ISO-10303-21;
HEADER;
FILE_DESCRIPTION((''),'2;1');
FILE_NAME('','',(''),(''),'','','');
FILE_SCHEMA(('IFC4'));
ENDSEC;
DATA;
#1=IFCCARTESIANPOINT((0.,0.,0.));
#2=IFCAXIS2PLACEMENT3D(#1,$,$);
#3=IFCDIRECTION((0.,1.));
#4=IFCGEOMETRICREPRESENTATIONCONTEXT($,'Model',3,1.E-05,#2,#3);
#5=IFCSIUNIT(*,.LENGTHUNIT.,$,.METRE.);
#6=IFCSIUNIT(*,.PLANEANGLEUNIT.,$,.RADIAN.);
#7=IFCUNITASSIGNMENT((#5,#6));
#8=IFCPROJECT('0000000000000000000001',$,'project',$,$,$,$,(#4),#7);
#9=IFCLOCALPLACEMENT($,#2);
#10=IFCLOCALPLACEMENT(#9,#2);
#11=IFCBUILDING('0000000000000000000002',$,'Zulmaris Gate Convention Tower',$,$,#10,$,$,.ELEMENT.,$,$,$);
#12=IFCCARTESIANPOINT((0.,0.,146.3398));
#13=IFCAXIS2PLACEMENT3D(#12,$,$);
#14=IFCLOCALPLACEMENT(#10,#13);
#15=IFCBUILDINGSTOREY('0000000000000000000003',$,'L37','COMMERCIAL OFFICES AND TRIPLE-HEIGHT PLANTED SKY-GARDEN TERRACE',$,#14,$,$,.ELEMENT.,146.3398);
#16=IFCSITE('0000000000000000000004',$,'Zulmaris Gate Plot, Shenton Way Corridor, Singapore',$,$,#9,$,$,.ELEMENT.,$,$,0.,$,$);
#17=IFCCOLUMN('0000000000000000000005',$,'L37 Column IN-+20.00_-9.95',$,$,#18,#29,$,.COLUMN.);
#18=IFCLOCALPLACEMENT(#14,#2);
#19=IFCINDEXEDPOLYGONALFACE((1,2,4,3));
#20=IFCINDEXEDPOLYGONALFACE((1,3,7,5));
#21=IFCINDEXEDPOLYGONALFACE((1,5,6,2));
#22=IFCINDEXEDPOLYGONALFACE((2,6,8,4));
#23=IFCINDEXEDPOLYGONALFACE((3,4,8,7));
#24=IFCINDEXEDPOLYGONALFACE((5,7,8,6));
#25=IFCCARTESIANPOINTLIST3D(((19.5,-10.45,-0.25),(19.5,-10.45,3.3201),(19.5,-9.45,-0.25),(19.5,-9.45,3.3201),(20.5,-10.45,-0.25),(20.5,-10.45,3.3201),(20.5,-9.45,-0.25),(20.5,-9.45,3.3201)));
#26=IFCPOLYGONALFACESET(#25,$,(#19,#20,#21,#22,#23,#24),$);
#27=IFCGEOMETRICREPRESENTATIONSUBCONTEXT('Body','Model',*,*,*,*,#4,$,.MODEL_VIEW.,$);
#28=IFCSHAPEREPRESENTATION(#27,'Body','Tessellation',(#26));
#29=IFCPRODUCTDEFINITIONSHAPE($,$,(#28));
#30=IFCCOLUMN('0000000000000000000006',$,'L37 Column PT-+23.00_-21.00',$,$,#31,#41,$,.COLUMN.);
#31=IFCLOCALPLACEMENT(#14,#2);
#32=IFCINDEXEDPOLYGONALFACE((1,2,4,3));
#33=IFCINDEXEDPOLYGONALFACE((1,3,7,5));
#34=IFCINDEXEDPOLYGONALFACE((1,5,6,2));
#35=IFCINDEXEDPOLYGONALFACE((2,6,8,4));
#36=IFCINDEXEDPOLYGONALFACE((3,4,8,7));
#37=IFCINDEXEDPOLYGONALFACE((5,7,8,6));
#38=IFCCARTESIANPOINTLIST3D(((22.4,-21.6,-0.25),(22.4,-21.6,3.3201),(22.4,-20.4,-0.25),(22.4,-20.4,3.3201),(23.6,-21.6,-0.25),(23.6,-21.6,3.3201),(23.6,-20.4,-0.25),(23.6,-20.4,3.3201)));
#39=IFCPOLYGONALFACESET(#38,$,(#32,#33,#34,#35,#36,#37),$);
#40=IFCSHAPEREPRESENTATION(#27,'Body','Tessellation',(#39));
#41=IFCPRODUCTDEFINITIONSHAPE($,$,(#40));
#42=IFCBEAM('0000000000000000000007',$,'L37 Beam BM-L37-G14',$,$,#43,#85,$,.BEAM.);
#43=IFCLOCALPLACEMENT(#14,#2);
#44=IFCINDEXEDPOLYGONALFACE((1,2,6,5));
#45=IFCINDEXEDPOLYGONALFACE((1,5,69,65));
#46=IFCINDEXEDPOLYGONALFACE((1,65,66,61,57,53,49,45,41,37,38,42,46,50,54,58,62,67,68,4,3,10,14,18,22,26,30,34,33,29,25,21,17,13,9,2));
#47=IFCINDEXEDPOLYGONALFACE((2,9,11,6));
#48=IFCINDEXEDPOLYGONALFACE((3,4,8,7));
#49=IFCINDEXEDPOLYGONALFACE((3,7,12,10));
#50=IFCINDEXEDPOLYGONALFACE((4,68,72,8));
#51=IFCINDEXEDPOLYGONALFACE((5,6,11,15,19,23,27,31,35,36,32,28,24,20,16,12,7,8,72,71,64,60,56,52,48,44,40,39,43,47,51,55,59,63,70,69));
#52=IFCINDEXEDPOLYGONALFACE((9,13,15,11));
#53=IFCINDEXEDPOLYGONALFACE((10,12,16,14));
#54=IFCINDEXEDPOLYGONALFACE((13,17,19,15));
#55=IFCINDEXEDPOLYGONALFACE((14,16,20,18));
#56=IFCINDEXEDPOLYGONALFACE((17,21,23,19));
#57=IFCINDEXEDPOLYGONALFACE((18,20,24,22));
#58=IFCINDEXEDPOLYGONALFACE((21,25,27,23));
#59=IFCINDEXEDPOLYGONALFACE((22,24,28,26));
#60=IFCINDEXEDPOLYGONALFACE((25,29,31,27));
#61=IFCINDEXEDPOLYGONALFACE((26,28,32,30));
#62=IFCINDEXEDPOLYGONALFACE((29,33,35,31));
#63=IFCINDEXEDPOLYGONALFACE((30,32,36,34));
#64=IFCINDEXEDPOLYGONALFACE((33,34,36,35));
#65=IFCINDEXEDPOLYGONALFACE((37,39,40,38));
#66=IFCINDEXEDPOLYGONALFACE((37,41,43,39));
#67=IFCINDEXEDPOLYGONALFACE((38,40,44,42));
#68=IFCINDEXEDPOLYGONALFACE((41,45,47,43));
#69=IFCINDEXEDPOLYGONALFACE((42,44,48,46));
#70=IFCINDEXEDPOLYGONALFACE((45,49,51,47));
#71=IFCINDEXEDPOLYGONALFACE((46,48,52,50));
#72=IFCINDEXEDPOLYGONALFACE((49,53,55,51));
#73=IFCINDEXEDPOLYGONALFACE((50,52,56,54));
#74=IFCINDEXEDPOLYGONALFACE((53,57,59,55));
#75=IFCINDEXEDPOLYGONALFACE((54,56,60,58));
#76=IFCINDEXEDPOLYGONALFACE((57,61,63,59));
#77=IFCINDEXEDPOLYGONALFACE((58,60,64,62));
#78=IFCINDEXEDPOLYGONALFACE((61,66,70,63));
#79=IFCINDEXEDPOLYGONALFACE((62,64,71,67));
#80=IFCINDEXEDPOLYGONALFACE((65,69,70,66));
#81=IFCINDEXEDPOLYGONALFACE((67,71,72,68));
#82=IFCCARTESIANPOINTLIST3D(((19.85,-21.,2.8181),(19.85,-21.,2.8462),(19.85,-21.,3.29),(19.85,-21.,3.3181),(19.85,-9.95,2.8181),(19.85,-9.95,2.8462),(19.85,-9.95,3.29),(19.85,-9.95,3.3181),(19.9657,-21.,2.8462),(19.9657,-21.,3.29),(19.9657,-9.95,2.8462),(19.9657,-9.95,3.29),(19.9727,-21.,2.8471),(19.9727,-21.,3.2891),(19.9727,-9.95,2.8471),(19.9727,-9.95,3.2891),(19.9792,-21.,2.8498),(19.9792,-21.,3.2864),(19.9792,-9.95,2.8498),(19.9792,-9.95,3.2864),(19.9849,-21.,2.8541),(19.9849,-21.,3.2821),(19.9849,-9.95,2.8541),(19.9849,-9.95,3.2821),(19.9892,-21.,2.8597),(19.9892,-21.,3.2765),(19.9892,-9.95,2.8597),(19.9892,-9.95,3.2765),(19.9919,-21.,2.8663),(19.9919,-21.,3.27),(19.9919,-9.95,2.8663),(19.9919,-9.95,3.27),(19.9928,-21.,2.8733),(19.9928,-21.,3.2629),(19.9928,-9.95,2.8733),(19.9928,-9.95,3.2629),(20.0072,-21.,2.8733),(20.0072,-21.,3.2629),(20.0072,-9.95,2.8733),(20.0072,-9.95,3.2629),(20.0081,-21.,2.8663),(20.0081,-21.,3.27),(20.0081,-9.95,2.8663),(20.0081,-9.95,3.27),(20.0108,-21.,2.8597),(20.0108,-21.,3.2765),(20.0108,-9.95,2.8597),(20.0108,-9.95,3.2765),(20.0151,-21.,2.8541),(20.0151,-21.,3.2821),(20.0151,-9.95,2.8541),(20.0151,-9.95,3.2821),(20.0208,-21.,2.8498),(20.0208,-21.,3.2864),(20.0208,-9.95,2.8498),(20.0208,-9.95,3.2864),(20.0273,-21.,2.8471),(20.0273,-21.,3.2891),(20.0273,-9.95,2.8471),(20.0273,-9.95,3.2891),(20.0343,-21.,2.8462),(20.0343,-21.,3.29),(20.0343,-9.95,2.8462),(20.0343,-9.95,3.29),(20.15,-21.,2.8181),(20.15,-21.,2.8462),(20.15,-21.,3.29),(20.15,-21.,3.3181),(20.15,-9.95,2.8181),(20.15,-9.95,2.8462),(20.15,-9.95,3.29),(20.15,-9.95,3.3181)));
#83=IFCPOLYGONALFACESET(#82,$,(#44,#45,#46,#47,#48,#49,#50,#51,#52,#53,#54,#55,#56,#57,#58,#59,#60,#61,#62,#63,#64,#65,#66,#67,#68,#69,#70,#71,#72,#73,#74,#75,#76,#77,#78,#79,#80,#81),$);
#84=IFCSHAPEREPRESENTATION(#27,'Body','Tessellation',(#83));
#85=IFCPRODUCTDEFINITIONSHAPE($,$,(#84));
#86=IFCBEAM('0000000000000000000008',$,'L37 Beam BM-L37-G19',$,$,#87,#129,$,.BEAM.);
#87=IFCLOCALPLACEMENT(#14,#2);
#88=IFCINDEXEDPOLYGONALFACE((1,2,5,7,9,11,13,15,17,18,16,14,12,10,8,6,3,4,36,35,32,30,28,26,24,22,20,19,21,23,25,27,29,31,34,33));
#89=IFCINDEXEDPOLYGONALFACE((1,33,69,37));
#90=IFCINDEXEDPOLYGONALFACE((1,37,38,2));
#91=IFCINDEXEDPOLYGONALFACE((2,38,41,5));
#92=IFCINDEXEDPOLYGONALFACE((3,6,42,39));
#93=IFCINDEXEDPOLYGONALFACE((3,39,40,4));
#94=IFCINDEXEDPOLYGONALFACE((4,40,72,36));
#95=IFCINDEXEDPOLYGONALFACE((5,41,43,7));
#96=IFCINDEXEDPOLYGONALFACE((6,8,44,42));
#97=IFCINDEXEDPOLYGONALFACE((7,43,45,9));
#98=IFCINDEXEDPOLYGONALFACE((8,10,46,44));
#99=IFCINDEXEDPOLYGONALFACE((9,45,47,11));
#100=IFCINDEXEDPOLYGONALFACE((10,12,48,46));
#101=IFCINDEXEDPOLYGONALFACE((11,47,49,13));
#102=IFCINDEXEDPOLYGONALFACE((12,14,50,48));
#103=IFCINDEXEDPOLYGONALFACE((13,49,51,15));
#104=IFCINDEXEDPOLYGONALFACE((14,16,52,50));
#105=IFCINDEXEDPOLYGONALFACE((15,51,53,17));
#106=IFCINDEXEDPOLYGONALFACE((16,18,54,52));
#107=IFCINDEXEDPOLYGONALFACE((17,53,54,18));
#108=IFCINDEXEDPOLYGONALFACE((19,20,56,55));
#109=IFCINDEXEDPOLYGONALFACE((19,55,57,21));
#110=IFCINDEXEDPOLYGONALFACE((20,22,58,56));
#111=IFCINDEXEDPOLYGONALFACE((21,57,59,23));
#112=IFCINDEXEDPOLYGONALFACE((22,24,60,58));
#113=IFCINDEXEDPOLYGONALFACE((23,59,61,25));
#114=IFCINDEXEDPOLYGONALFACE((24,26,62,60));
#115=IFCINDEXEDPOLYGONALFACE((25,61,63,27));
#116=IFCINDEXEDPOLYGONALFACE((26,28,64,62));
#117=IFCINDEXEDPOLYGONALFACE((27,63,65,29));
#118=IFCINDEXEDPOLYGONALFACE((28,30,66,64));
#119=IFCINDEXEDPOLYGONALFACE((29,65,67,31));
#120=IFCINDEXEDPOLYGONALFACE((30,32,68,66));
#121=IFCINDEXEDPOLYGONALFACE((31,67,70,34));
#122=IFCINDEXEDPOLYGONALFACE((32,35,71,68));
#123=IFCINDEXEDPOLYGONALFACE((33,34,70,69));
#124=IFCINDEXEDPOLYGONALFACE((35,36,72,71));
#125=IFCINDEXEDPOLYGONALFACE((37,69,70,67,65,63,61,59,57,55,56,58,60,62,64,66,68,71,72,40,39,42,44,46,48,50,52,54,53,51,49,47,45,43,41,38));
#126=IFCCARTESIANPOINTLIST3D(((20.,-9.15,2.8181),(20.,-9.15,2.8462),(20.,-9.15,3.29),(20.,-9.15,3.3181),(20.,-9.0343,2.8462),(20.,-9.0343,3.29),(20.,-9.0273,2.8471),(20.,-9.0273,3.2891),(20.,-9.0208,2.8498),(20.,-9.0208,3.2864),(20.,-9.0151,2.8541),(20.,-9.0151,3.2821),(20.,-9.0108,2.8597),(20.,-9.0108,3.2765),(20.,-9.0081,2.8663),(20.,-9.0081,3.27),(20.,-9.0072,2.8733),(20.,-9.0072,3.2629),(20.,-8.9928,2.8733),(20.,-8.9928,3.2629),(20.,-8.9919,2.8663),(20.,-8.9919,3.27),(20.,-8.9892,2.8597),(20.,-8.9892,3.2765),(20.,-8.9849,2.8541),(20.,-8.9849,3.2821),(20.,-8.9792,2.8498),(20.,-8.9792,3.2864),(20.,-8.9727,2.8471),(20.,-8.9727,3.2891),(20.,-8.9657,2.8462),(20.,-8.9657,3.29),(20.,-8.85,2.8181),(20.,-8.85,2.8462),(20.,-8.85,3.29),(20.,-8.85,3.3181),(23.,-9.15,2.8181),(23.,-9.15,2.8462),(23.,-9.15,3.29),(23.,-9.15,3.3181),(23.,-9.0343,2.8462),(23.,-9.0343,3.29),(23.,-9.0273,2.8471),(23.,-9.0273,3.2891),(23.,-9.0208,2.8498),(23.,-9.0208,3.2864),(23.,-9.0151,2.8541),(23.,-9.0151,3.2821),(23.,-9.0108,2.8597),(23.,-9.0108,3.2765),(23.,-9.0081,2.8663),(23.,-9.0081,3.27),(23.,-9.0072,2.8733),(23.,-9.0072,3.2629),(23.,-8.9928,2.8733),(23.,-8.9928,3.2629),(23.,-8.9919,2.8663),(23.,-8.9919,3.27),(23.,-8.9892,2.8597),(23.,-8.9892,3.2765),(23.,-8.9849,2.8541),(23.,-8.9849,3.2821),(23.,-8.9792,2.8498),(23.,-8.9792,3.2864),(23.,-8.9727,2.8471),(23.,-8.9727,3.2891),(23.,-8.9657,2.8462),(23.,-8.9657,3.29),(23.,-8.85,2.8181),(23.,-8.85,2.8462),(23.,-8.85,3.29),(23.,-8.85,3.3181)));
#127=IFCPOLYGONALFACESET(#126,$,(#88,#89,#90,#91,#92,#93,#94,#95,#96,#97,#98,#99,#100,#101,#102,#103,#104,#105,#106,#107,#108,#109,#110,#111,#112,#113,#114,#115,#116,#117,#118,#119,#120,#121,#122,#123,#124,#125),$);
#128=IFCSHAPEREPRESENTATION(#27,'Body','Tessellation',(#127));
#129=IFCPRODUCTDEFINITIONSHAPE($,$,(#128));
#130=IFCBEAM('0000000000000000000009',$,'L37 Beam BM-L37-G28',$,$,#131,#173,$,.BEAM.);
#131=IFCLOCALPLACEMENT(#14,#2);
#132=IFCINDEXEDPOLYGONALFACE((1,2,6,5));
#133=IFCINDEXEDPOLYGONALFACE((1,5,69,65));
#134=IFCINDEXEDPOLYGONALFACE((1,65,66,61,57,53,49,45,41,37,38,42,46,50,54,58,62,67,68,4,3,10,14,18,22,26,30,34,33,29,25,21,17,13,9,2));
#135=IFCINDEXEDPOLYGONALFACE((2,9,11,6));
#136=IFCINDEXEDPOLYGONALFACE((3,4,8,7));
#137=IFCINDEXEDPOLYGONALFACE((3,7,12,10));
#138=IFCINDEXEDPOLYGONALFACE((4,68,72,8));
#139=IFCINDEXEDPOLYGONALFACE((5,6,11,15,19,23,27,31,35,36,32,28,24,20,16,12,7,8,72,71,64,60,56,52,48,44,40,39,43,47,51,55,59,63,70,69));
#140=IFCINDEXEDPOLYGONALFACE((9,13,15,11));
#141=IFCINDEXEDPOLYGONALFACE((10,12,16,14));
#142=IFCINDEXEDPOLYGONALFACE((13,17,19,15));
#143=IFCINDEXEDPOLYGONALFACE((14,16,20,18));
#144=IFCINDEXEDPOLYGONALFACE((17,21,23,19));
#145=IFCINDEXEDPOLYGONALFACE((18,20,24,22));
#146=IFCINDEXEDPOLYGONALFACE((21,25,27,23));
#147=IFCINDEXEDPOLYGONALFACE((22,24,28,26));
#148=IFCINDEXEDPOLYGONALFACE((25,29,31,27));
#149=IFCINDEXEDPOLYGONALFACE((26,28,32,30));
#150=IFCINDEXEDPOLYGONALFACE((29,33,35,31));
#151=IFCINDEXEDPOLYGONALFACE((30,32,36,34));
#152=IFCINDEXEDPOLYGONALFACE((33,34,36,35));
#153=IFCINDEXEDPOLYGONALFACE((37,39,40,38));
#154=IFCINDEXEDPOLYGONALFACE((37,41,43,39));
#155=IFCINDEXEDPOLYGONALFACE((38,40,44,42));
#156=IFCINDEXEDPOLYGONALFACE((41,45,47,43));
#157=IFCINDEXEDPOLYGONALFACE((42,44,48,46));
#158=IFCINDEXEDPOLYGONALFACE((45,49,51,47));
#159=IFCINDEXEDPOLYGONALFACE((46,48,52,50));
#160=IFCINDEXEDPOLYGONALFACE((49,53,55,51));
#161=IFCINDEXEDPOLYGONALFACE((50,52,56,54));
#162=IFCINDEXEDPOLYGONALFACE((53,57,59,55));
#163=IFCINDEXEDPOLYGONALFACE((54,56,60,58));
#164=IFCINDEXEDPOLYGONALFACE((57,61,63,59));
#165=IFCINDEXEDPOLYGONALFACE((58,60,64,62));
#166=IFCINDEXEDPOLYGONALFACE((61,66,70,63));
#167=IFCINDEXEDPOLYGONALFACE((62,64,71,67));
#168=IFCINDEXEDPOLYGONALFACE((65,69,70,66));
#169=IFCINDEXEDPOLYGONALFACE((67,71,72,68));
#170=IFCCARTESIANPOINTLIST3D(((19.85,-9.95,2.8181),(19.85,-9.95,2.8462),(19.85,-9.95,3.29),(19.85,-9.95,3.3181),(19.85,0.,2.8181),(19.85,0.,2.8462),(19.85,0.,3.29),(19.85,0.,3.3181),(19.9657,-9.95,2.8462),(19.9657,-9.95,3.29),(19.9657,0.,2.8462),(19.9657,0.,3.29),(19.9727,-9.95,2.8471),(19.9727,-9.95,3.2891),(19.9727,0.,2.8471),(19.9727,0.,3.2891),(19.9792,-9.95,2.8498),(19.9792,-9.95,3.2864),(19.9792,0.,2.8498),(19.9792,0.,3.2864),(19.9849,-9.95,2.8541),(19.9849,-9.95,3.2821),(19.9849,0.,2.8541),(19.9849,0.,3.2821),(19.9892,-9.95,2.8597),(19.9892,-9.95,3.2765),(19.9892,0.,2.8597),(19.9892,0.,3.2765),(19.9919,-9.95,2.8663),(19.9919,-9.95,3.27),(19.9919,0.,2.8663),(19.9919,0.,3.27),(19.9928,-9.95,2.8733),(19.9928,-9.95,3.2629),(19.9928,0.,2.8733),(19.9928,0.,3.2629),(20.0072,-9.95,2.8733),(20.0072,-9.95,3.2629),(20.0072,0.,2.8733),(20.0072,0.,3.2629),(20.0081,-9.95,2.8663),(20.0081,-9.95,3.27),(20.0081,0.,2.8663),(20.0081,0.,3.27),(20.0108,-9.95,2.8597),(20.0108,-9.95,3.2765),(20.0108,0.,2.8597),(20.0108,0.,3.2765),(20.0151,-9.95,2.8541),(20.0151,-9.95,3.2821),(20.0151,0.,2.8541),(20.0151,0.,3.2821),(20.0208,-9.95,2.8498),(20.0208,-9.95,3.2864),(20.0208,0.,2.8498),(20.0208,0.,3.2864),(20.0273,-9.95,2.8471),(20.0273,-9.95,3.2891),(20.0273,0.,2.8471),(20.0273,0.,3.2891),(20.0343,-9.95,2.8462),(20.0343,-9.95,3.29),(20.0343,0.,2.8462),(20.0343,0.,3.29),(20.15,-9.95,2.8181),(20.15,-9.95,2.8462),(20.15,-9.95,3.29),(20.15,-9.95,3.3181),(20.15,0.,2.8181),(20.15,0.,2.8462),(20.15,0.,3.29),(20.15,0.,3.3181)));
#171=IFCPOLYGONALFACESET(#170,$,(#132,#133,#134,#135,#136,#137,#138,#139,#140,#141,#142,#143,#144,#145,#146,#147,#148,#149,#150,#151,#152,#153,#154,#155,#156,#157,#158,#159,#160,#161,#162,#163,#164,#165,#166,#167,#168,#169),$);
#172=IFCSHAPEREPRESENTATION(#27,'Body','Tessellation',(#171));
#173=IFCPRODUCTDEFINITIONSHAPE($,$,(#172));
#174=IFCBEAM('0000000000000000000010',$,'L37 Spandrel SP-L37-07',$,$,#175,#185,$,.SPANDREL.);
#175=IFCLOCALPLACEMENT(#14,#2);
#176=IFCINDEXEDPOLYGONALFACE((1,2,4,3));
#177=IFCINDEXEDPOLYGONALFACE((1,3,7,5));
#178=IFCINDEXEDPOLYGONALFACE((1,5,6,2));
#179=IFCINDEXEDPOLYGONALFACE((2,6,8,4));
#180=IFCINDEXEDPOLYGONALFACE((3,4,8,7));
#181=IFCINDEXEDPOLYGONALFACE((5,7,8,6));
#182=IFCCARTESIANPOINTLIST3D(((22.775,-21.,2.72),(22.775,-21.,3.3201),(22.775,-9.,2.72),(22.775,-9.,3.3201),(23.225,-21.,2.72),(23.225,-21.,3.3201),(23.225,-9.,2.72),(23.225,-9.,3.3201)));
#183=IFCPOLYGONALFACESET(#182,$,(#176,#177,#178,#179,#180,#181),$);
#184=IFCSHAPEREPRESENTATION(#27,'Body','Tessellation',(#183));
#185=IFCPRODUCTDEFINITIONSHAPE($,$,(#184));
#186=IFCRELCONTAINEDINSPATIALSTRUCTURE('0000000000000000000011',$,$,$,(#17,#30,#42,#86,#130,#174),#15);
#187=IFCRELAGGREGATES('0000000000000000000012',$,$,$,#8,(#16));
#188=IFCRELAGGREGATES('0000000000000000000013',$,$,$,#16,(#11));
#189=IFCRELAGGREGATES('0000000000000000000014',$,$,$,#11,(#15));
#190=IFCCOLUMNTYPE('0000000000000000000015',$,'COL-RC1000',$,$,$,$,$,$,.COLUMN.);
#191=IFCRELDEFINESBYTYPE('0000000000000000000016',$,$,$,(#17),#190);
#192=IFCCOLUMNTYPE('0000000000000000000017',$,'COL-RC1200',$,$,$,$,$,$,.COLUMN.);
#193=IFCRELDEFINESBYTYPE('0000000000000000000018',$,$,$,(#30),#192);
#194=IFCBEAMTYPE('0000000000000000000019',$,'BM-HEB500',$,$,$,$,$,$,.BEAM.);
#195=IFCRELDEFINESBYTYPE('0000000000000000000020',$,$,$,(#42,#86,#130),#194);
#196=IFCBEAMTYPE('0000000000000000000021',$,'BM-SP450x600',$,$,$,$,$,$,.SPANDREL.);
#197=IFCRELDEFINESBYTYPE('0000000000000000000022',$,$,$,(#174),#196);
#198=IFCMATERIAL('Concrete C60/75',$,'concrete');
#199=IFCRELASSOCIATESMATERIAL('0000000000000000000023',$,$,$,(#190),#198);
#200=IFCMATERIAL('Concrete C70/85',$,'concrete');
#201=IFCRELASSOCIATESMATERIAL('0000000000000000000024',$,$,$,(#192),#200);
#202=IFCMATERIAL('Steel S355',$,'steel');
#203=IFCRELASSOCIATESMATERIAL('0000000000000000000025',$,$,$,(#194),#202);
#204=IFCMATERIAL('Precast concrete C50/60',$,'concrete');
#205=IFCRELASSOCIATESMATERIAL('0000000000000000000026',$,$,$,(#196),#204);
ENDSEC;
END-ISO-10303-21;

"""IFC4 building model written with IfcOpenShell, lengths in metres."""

from ifc_helpers import new_model, si_unit, direction, frame, origin, origin_2d, place, context, subcontext, project, spatial, rectangle, i_section, extrude, material, material_profile, profile_set, type_object, element, save


model = new_model("IFC4")

# Units and contexts
model_context = context("Model", 3, precision=1e-05, world=origin(), true_north=direction((0.0, 1.0)))
body_context = subcontext(model_context, "Body", "Model", "MODEL_VIEW")
ifc_project = project(units=[si_unit("LENGTHUNIT", "METRE"), si_unit("PLANEANGLEUNIT", "RADIAN")], contexts=[model_context])

# Site, building, storey
site_placement = place(None, origin())
site = spatial("IfcSite", under=ifc_project, at=site_placement, Name="Zulmaris Gate Plot, Shenton Way Corridor, Singapore", CompositionType="ELEMENT", RefElevation=0.0)
building_placement = place(site_placement, origin())
building = spatial("IfcBuilding", under=site, at=building_placement, Name="Zulmaris Gate Convention Tower", CompositionType="ELEMENT")
storey_placement = place(building_placement, frame((0.0, 0.0, 146.3398)))
storey = spatial("IfcBuildingStorey", under=building, at=storey_placement, Name="L37", Description="COMMERCIAL OFFICES AND TRIPLE-HEIGHT PLANTED SKY-GARDEN TERRACE", CompositionType="ELEMENT", Elevation=146.3398)

# Columns
ifc_material_1 = material(Name="Concrete C60/75", Category="concrete")
ifc_material_profile_1 = material_profile(ifc_material_1, rectangle(XDim=1.0, YDim=1.0, at=origin_2d()), Name="RC COL 1000x1000")
ifc_profile_set_1 = profile_set([ifc_material_profile_1], Name="Concrete C60/75")
column_type_1 = type_object("IfcColumnType", Name="COL-RC1000", PredefinedType="COLUMN", material=ifc_profile_set_1)
column_1_placement = place(storey_placement, frame((20.0, -9.95, -0.25), z_axis=(0.0, 0.0, 1.0), x_axis=(1.0, 0.0, 0.0)))
element("IfcColumn", 1, at=column_1_placement, inside=storey, type_object=column_type_1, Name="L37 Column IN-+20.00_-9.95", PredefinedType="COLUMN", context=body_context, shape_type="SweptSolid", body=[
    extrude(rectangle(XDim=1.0, YDim=1.0, at=origin_2d()), origin(), (0.0, 0.0, 1.0), 3.5701),
])
ifc_material_2 = material(Name="Concrete C70/85", Category="concrete")
ifc_material_profile_2 = material_profile(ifc_material_2, rectangle(XDim=1.2, YDim=1.2, at=origin_2d()), Name="RC COL 1200x1200")
ifc_profile_set_2 = profile_set([ifc_material_profile_2], Name="Concrete C70/85")
column_type_2 = type_object("IfcColumnType", Name="COL-RC1200", PredefinedType="COLUMN", material=ifc_profile_set_2)
column_2_placement = place(storey_placement, frame((23.0, -21.0, -0.25), z_axis=(0.0, 0.0, 1.0), x_axis=(1.0, 0.0, 0.0)))
element("IfcColumn", 2, at=column_2_placement, inside=storey, type_object=column_type_2, Name="L37 Column PT-+23.00_-21.00", PredefinedType="COLUMN", context=body_context, shape_type="SweptSolid", body=[
    extrude(rectangle(XDim=1.2, YDim=1.2, at=origin_2d()), origin(), (0.0, 0.0, 1.0), 3.5701),
])

# Beams
ifc_material_3 = material(Name="Steel S355", Category="steel")
ifc_material_profile_3 = material_profile(ifc_material_3, i_section(OverallWidth=0.3, OverallDepth=0.5, WebThickness=0.0144, FlangeThickness=0.0281, FilletRadius=0.0271, at=origin_2d()), Name="HEB 500")
ifc_profile_set_3 = profile_set([ifc_material_profile_3], Name="Steel S355")
beam_type_1 = type_object("IfcBeamType", Name="BM-HEB500", PredefinedType="BEAM", material=ifc_profile_set_3)
beam_1_placement = place(storey_placement, frame((20.0, -21.0, 3.0681), z_axis=(0.0, 1.0, 0.0), x_axis=(-1.0, 0.0, 0.0)))
element("IfcBeam", 3, at=beam_1_placement, inside=storey, type_object=beam_type_1, Name="L37 Beam BM-L37-G14", PredefinedType="BEAM", context=body_context, shape_type="SweptSolid", body=[
    extrude(i_section(OverallWidth=0.3, OverallDepth=0.5, WebThickness=0.0144, FlangeThickness=0.0281, FilletRadius=0.0271, at=origin_2d()), origin(), (0.0, 0.0, 1.0), 11.05),
])
beam_2_placement = place(storey_placement, frame((20.0, -9.0, 3.0681), z_axis=(1.0, 0.0, 0.0), x_axis=(0.0, 1.0, 0.0)))
element("IfcBeam", 4, at=beam_2_placement, inside=storey, type_object=beam_type_1, Name="L37 Beam BM-L37-G19", PredefinedType="BEAM", context=body_context, shape_type="SweptSolid", body=[
    extrude(i_section(OverallWidth=0.3, OverallDepth=0.5, WebThickness=0.0144, FlangeThickness=0.0281, FilletRadius=0.0271, at=origin_2d()), origin(), (0.0, 0.0, 1.0), 3.0),
])
beam_3_placement = place(storey_placement, frame((20.0, -9.95, 3.0681), z_axis=(0.0, 1.0, 0.0), x_axis=(-1.0, 0.0, 0.0)))
element("IfcBeam", 5, at=beam_3_placement, inside=storey, type_object=beam_type_1, Name="L37 Beam BM-L37-G28", PredefinedType="BEAM", context=body_context, shape_type="SweptSolid", body=[
    extrude(i_section(OverallWidth=0.3, OverallDepth=0.5, WebThickness=0.0144, FlangeThickness=0.0281, FilletRadius=0.0271, at=origin_2d()), origin(), (0.0, 0.0, 1.0), 9.95),
])
ifc_material_4 = material(Name="Precast concrete C50/60", Category="concrete")
ifc_material_profile_4 = material_profile(ifc_material_4, rectangle(XDim=0.45, YDim=0.6001, at=origin_2d()), Name="RC SPANDREL 450x600")
ifc_profile_set_4 = profile_set([ifc_material_profile_4], Name="Precast concrete C50/60")
beam_type_2 = type_object("IfcBeamType", Name="BM-SP450x600", PredefinedType="SPANDREL", material=ifc_profile_set_4)
beam_4_placement = place(storey_placement, frame((23.0, -21.0, 3.02), z_axis=(0.0, 1.0, 0.0), x_axis=(-1.0, 0.0, 0.0)))
element("IfcBeam", 6, at=beam_4_placement, inside=storey, type_object=beam_type_2, Name="L37 Spandrel SP-L37-07", PredefinedType="SPANDREL", context=body_context, shape_type="SweptSolid", body=[
    extrude(rectangle(XDim=0.45, YDim=0.6001, at=origin_2d()), origin(), (0.0, 0.0, 1.0), 12.0),
])

save(model, "model.ifc")
